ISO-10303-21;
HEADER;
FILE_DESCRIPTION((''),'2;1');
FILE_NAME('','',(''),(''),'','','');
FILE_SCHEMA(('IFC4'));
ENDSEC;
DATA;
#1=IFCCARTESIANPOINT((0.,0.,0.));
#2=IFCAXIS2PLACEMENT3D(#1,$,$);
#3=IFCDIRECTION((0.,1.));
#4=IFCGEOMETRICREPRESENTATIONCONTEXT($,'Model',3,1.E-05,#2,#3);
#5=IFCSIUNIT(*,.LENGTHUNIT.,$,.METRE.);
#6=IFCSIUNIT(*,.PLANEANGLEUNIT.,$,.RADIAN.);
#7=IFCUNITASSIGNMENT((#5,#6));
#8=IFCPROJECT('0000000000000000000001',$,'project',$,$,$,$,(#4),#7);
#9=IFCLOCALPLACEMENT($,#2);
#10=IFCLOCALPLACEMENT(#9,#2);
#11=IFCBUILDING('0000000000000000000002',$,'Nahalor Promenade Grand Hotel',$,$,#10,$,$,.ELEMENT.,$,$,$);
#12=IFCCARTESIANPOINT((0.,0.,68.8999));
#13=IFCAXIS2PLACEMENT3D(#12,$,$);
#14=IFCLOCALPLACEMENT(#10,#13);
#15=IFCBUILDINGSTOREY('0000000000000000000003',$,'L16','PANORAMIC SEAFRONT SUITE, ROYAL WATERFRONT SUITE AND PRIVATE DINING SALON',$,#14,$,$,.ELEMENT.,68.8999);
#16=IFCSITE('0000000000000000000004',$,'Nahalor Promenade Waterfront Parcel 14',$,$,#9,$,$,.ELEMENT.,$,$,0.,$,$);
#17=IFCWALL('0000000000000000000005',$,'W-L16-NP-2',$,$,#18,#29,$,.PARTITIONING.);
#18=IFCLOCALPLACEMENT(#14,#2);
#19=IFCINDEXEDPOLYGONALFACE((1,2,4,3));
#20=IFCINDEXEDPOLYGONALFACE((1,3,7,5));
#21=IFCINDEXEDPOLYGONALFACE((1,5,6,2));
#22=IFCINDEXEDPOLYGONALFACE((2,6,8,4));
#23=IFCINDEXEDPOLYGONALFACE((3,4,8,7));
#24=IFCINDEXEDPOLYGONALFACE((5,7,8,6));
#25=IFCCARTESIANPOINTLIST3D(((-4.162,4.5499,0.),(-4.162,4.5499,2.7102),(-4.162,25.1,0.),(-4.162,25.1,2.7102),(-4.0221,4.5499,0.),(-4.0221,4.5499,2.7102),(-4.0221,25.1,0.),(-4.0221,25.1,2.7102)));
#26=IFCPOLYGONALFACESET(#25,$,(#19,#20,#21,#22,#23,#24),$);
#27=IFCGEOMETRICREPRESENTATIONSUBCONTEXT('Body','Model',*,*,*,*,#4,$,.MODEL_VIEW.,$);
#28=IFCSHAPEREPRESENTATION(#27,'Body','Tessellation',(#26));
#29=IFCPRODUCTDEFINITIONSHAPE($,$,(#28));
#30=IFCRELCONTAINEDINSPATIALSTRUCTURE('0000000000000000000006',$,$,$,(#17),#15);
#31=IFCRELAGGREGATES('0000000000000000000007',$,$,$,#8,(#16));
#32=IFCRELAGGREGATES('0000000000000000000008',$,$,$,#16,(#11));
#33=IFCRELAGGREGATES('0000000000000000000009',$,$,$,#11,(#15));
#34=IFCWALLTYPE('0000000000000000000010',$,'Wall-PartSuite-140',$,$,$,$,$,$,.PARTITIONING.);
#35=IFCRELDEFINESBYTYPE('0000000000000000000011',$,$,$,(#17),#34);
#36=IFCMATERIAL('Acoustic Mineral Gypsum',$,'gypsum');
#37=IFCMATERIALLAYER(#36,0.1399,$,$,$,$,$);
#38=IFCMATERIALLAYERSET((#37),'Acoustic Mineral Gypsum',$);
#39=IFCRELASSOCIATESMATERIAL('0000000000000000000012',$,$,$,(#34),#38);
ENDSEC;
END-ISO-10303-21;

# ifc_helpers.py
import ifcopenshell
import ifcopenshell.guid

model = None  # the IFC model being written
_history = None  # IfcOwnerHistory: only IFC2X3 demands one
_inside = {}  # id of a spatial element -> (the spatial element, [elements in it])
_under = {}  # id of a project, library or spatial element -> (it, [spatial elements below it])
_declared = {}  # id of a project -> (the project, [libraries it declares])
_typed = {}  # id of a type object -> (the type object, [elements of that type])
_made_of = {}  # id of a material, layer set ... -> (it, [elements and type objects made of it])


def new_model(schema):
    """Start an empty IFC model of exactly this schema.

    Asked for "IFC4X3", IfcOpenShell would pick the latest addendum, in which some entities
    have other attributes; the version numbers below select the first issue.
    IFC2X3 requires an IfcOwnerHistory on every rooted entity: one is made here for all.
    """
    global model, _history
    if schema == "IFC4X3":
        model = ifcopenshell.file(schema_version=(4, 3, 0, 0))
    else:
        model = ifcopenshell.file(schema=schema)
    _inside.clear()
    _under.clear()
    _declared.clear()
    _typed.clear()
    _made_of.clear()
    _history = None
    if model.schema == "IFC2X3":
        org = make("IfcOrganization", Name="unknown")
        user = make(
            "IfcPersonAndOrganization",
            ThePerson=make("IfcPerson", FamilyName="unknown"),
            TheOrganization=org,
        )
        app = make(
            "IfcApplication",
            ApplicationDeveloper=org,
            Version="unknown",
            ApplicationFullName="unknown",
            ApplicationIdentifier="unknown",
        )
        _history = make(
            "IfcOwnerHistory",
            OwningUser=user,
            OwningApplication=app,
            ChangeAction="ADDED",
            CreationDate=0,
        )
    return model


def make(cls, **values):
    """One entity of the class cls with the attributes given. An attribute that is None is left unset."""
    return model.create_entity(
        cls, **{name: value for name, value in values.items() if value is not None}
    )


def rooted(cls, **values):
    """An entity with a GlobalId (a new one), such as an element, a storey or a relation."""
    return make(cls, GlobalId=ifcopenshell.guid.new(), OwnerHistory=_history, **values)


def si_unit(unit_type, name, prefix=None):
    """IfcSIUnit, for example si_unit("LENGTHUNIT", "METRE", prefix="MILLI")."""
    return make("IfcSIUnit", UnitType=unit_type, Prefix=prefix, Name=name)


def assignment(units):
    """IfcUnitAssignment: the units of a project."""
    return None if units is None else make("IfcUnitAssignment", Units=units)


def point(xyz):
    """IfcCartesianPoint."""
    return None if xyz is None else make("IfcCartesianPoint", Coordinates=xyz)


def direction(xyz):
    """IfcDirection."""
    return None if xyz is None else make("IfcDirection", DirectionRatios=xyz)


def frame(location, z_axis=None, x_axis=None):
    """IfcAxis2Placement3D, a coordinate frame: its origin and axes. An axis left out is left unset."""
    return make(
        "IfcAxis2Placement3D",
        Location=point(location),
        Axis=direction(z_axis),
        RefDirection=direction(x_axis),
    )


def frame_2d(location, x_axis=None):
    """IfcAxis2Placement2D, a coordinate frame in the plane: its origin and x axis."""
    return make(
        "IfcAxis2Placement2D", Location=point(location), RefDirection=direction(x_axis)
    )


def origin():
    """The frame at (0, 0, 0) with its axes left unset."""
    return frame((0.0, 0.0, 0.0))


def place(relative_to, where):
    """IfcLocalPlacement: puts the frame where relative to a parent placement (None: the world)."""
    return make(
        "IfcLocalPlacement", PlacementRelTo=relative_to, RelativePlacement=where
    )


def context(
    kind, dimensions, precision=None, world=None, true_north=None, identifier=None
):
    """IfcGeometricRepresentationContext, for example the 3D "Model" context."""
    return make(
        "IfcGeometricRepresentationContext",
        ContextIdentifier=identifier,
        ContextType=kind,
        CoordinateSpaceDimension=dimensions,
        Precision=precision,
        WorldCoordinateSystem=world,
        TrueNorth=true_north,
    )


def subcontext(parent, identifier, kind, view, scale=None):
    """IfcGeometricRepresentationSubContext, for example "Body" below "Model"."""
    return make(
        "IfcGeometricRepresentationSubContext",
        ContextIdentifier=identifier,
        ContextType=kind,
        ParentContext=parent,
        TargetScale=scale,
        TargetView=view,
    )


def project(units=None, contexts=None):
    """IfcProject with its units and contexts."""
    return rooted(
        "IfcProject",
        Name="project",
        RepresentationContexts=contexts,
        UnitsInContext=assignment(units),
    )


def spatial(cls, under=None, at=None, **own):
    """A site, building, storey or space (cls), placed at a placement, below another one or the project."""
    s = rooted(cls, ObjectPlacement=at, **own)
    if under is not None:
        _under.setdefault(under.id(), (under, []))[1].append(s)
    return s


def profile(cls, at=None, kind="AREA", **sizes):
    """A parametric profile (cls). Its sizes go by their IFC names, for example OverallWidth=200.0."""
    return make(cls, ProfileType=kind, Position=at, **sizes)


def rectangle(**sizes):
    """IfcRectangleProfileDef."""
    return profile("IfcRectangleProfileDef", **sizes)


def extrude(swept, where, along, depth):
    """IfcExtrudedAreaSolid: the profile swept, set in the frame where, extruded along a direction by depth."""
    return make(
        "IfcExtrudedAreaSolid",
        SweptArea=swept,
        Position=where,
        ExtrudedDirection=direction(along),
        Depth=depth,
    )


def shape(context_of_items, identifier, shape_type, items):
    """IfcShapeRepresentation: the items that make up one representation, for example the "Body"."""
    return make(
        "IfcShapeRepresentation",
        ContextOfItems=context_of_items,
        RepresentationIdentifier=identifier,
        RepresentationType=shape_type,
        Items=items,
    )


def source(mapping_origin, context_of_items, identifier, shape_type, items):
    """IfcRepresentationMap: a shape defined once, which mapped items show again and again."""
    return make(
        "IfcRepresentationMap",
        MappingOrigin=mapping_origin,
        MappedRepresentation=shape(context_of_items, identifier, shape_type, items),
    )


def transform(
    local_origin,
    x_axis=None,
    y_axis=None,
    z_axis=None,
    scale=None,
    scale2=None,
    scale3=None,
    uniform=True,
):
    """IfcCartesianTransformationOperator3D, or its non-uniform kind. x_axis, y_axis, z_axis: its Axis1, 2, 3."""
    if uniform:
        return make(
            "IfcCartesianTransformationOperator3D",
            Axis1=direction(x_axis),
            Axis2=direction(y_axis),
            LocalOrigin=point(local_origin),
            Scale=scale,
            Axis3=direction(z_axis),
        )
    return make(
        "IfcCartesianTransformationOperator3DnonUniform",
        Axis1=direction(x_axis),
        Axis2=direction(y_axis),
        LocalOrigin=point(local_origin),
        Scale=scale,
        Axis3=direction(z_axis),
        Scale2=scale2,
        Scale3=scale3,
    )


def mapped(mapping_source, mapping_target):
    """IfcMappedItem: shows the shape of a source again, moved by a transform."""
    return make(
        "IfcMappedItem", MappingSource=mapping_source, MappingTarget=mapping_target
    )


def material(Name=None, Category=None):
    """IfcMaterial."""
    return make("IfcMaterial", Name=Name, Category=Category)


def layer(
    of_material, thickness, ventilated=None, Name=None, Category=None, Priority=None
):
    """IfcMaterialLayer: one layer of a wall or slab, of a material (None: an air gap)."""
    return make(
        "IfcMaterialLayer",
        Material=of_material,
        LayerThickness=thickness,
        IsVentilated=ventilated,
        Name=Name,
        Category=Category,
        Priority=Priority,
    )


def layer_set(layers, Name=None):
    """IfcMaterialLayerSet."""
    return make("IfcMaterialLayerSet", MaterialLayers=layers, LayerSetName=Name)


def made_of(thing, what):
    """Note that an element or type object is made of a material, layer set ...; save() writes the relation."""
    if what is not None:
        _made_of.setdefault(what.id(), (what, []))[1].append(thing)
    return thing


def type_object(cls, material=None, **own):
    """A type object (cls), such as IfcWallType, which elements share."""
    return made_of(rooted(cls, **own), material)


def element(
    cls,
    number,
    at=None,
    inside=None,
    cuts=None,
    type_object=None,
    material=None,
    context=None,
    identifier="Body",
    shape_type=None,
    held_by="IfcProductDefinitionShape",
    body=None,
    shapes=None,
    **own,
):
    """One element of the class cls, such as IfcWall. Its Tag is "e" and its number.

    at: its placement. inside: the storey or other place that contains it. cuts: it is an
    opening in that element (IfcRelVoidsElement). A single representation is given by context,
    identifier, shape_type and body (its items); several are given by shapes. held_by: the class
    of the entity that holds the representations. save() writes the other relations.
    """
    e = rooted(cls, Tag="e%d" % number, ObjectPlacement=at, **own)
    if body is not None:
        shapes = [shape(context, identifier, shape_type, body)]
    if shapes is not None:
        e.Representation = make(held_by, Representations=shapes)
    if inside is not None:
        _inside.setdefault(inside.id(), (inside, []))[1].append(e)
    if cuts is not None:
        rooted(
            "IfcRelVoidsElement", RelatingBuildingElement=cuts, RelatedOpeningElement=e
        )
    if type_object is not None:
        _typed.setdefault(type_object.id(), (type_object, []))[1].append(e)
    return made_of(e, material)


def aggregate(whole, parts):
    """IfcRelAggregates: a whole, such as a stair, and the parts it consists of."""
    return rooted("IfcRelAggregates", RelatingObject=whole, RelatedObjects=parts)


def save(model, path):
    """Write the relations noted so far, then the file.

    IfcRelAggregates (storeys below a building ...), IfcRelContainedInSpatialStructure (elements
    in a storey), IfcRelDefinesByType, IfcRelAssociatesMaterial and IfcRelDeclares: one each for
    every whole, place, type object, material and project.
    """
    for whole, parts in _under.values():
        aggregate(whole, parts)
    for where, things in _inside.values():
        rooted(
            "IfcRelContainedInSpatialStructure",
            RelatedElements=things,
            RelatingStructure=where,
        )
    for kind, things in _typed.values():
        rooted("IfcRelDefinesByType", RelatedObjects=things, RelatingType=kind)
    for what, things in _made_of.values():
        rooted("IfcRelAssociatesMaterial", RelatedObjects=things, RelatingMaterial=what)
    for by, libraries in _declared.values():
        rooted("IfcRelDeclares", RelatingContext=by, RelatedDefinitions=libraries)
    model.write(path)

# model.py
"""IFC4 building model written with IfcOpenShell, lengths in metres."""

from ifc_helpers import new_model, si_unit, direction, frame, frame_2d, origin, place, context, subcontext, project, spatial, rectangle, extrude, source, transform, mapped, material, layer, layer_set, type_object, element, save


model = new_model("IFC4")

# Units and contexts
model_context = context("Model", 3, precision=1e-05, world=origin(), true_north=direction((0.0, 1.0)))
body_context = subcontext(model_context, "Body", "Model", "MODEL_VIEW")
ifc_project = project(units=[si_unit("LENGTHUNIT", "METRE"), si_unit("PLANEANGLEUNIT", "RADIAN")], contexts=[model_context])

# Site, building, storey
site_placement = place(None, origin())
site = spatial("IfcSite", under=ifc_project, at=site_placement, Name="Nahalor Promenade Waterfront Parcel 14", CompositionType="ELEMENT", RefElevation=0.0)
building_placement = place(site_placement, origin())
building = spatial("IfcBuilding", under=site, at=building_placement, Name="Nahalor Promenade Grand Hotel", CompositionType="ELEMENT")
storey_placement = place(building_placement, frame((0.0, 0.0, 68.8999)))
storey = spatial("IfcBuildingStorey", under=building, at=storey_placement, Name="L16", Description="PANORAMIC SEAFRONT SUITE, ROYAL WATERFRONT SUITE AND PRIVATE DINING SALON", CompositionType="ELEMENT", Elevation=68.8999)

# Wall
ifc_material_1 = material(Name="Acoustic Mineral Gypsum", Category="gypsum")
ifc_layer_1 = layer(ifc_material_1, 0.1399)
ifc_layer_set_1 = layer_set([ifc_layer_1], Name="Acoustic Mineral Gypsum")
wall_type_1 = type_object("IfcWallType", Name="Wall-PartSuite-140", PredefinedType="PARTITIONING", material=ifc_layer_set_1)
shared_shape_1 = source(origin(), body_context, "Body", "SweptSolid", [
    extrude(rectangle(XDim=20.55, YDim=0.1399, at=frame_2d((10.2749, 0.0))), origin(), (0.0, 0.0, 1.0), 2.7102),
])
for number, where, z_axis, x_axis, name in (
    (1, (-4.092, 4.55, 0.0), (0.0, 0.0, 1.0), (0.0, 1.0, 0.0), "W-L16-NP-2"),
):
    element("IfcWall", number, at=place(storey_placement, frame(where, z_axis=z_axis, x_axis=x_axis)), inside=storey, type_object=wall_type_1, Name=name, PredefinedType="PARTITIONING", context=body_context, shape_type="MappedRepresentation", body=[
        mapped(shared_shape_1, transform((0.0, 0.0, 0.0), scale=1.0)),
    ])

save(model, "model.ifc")
